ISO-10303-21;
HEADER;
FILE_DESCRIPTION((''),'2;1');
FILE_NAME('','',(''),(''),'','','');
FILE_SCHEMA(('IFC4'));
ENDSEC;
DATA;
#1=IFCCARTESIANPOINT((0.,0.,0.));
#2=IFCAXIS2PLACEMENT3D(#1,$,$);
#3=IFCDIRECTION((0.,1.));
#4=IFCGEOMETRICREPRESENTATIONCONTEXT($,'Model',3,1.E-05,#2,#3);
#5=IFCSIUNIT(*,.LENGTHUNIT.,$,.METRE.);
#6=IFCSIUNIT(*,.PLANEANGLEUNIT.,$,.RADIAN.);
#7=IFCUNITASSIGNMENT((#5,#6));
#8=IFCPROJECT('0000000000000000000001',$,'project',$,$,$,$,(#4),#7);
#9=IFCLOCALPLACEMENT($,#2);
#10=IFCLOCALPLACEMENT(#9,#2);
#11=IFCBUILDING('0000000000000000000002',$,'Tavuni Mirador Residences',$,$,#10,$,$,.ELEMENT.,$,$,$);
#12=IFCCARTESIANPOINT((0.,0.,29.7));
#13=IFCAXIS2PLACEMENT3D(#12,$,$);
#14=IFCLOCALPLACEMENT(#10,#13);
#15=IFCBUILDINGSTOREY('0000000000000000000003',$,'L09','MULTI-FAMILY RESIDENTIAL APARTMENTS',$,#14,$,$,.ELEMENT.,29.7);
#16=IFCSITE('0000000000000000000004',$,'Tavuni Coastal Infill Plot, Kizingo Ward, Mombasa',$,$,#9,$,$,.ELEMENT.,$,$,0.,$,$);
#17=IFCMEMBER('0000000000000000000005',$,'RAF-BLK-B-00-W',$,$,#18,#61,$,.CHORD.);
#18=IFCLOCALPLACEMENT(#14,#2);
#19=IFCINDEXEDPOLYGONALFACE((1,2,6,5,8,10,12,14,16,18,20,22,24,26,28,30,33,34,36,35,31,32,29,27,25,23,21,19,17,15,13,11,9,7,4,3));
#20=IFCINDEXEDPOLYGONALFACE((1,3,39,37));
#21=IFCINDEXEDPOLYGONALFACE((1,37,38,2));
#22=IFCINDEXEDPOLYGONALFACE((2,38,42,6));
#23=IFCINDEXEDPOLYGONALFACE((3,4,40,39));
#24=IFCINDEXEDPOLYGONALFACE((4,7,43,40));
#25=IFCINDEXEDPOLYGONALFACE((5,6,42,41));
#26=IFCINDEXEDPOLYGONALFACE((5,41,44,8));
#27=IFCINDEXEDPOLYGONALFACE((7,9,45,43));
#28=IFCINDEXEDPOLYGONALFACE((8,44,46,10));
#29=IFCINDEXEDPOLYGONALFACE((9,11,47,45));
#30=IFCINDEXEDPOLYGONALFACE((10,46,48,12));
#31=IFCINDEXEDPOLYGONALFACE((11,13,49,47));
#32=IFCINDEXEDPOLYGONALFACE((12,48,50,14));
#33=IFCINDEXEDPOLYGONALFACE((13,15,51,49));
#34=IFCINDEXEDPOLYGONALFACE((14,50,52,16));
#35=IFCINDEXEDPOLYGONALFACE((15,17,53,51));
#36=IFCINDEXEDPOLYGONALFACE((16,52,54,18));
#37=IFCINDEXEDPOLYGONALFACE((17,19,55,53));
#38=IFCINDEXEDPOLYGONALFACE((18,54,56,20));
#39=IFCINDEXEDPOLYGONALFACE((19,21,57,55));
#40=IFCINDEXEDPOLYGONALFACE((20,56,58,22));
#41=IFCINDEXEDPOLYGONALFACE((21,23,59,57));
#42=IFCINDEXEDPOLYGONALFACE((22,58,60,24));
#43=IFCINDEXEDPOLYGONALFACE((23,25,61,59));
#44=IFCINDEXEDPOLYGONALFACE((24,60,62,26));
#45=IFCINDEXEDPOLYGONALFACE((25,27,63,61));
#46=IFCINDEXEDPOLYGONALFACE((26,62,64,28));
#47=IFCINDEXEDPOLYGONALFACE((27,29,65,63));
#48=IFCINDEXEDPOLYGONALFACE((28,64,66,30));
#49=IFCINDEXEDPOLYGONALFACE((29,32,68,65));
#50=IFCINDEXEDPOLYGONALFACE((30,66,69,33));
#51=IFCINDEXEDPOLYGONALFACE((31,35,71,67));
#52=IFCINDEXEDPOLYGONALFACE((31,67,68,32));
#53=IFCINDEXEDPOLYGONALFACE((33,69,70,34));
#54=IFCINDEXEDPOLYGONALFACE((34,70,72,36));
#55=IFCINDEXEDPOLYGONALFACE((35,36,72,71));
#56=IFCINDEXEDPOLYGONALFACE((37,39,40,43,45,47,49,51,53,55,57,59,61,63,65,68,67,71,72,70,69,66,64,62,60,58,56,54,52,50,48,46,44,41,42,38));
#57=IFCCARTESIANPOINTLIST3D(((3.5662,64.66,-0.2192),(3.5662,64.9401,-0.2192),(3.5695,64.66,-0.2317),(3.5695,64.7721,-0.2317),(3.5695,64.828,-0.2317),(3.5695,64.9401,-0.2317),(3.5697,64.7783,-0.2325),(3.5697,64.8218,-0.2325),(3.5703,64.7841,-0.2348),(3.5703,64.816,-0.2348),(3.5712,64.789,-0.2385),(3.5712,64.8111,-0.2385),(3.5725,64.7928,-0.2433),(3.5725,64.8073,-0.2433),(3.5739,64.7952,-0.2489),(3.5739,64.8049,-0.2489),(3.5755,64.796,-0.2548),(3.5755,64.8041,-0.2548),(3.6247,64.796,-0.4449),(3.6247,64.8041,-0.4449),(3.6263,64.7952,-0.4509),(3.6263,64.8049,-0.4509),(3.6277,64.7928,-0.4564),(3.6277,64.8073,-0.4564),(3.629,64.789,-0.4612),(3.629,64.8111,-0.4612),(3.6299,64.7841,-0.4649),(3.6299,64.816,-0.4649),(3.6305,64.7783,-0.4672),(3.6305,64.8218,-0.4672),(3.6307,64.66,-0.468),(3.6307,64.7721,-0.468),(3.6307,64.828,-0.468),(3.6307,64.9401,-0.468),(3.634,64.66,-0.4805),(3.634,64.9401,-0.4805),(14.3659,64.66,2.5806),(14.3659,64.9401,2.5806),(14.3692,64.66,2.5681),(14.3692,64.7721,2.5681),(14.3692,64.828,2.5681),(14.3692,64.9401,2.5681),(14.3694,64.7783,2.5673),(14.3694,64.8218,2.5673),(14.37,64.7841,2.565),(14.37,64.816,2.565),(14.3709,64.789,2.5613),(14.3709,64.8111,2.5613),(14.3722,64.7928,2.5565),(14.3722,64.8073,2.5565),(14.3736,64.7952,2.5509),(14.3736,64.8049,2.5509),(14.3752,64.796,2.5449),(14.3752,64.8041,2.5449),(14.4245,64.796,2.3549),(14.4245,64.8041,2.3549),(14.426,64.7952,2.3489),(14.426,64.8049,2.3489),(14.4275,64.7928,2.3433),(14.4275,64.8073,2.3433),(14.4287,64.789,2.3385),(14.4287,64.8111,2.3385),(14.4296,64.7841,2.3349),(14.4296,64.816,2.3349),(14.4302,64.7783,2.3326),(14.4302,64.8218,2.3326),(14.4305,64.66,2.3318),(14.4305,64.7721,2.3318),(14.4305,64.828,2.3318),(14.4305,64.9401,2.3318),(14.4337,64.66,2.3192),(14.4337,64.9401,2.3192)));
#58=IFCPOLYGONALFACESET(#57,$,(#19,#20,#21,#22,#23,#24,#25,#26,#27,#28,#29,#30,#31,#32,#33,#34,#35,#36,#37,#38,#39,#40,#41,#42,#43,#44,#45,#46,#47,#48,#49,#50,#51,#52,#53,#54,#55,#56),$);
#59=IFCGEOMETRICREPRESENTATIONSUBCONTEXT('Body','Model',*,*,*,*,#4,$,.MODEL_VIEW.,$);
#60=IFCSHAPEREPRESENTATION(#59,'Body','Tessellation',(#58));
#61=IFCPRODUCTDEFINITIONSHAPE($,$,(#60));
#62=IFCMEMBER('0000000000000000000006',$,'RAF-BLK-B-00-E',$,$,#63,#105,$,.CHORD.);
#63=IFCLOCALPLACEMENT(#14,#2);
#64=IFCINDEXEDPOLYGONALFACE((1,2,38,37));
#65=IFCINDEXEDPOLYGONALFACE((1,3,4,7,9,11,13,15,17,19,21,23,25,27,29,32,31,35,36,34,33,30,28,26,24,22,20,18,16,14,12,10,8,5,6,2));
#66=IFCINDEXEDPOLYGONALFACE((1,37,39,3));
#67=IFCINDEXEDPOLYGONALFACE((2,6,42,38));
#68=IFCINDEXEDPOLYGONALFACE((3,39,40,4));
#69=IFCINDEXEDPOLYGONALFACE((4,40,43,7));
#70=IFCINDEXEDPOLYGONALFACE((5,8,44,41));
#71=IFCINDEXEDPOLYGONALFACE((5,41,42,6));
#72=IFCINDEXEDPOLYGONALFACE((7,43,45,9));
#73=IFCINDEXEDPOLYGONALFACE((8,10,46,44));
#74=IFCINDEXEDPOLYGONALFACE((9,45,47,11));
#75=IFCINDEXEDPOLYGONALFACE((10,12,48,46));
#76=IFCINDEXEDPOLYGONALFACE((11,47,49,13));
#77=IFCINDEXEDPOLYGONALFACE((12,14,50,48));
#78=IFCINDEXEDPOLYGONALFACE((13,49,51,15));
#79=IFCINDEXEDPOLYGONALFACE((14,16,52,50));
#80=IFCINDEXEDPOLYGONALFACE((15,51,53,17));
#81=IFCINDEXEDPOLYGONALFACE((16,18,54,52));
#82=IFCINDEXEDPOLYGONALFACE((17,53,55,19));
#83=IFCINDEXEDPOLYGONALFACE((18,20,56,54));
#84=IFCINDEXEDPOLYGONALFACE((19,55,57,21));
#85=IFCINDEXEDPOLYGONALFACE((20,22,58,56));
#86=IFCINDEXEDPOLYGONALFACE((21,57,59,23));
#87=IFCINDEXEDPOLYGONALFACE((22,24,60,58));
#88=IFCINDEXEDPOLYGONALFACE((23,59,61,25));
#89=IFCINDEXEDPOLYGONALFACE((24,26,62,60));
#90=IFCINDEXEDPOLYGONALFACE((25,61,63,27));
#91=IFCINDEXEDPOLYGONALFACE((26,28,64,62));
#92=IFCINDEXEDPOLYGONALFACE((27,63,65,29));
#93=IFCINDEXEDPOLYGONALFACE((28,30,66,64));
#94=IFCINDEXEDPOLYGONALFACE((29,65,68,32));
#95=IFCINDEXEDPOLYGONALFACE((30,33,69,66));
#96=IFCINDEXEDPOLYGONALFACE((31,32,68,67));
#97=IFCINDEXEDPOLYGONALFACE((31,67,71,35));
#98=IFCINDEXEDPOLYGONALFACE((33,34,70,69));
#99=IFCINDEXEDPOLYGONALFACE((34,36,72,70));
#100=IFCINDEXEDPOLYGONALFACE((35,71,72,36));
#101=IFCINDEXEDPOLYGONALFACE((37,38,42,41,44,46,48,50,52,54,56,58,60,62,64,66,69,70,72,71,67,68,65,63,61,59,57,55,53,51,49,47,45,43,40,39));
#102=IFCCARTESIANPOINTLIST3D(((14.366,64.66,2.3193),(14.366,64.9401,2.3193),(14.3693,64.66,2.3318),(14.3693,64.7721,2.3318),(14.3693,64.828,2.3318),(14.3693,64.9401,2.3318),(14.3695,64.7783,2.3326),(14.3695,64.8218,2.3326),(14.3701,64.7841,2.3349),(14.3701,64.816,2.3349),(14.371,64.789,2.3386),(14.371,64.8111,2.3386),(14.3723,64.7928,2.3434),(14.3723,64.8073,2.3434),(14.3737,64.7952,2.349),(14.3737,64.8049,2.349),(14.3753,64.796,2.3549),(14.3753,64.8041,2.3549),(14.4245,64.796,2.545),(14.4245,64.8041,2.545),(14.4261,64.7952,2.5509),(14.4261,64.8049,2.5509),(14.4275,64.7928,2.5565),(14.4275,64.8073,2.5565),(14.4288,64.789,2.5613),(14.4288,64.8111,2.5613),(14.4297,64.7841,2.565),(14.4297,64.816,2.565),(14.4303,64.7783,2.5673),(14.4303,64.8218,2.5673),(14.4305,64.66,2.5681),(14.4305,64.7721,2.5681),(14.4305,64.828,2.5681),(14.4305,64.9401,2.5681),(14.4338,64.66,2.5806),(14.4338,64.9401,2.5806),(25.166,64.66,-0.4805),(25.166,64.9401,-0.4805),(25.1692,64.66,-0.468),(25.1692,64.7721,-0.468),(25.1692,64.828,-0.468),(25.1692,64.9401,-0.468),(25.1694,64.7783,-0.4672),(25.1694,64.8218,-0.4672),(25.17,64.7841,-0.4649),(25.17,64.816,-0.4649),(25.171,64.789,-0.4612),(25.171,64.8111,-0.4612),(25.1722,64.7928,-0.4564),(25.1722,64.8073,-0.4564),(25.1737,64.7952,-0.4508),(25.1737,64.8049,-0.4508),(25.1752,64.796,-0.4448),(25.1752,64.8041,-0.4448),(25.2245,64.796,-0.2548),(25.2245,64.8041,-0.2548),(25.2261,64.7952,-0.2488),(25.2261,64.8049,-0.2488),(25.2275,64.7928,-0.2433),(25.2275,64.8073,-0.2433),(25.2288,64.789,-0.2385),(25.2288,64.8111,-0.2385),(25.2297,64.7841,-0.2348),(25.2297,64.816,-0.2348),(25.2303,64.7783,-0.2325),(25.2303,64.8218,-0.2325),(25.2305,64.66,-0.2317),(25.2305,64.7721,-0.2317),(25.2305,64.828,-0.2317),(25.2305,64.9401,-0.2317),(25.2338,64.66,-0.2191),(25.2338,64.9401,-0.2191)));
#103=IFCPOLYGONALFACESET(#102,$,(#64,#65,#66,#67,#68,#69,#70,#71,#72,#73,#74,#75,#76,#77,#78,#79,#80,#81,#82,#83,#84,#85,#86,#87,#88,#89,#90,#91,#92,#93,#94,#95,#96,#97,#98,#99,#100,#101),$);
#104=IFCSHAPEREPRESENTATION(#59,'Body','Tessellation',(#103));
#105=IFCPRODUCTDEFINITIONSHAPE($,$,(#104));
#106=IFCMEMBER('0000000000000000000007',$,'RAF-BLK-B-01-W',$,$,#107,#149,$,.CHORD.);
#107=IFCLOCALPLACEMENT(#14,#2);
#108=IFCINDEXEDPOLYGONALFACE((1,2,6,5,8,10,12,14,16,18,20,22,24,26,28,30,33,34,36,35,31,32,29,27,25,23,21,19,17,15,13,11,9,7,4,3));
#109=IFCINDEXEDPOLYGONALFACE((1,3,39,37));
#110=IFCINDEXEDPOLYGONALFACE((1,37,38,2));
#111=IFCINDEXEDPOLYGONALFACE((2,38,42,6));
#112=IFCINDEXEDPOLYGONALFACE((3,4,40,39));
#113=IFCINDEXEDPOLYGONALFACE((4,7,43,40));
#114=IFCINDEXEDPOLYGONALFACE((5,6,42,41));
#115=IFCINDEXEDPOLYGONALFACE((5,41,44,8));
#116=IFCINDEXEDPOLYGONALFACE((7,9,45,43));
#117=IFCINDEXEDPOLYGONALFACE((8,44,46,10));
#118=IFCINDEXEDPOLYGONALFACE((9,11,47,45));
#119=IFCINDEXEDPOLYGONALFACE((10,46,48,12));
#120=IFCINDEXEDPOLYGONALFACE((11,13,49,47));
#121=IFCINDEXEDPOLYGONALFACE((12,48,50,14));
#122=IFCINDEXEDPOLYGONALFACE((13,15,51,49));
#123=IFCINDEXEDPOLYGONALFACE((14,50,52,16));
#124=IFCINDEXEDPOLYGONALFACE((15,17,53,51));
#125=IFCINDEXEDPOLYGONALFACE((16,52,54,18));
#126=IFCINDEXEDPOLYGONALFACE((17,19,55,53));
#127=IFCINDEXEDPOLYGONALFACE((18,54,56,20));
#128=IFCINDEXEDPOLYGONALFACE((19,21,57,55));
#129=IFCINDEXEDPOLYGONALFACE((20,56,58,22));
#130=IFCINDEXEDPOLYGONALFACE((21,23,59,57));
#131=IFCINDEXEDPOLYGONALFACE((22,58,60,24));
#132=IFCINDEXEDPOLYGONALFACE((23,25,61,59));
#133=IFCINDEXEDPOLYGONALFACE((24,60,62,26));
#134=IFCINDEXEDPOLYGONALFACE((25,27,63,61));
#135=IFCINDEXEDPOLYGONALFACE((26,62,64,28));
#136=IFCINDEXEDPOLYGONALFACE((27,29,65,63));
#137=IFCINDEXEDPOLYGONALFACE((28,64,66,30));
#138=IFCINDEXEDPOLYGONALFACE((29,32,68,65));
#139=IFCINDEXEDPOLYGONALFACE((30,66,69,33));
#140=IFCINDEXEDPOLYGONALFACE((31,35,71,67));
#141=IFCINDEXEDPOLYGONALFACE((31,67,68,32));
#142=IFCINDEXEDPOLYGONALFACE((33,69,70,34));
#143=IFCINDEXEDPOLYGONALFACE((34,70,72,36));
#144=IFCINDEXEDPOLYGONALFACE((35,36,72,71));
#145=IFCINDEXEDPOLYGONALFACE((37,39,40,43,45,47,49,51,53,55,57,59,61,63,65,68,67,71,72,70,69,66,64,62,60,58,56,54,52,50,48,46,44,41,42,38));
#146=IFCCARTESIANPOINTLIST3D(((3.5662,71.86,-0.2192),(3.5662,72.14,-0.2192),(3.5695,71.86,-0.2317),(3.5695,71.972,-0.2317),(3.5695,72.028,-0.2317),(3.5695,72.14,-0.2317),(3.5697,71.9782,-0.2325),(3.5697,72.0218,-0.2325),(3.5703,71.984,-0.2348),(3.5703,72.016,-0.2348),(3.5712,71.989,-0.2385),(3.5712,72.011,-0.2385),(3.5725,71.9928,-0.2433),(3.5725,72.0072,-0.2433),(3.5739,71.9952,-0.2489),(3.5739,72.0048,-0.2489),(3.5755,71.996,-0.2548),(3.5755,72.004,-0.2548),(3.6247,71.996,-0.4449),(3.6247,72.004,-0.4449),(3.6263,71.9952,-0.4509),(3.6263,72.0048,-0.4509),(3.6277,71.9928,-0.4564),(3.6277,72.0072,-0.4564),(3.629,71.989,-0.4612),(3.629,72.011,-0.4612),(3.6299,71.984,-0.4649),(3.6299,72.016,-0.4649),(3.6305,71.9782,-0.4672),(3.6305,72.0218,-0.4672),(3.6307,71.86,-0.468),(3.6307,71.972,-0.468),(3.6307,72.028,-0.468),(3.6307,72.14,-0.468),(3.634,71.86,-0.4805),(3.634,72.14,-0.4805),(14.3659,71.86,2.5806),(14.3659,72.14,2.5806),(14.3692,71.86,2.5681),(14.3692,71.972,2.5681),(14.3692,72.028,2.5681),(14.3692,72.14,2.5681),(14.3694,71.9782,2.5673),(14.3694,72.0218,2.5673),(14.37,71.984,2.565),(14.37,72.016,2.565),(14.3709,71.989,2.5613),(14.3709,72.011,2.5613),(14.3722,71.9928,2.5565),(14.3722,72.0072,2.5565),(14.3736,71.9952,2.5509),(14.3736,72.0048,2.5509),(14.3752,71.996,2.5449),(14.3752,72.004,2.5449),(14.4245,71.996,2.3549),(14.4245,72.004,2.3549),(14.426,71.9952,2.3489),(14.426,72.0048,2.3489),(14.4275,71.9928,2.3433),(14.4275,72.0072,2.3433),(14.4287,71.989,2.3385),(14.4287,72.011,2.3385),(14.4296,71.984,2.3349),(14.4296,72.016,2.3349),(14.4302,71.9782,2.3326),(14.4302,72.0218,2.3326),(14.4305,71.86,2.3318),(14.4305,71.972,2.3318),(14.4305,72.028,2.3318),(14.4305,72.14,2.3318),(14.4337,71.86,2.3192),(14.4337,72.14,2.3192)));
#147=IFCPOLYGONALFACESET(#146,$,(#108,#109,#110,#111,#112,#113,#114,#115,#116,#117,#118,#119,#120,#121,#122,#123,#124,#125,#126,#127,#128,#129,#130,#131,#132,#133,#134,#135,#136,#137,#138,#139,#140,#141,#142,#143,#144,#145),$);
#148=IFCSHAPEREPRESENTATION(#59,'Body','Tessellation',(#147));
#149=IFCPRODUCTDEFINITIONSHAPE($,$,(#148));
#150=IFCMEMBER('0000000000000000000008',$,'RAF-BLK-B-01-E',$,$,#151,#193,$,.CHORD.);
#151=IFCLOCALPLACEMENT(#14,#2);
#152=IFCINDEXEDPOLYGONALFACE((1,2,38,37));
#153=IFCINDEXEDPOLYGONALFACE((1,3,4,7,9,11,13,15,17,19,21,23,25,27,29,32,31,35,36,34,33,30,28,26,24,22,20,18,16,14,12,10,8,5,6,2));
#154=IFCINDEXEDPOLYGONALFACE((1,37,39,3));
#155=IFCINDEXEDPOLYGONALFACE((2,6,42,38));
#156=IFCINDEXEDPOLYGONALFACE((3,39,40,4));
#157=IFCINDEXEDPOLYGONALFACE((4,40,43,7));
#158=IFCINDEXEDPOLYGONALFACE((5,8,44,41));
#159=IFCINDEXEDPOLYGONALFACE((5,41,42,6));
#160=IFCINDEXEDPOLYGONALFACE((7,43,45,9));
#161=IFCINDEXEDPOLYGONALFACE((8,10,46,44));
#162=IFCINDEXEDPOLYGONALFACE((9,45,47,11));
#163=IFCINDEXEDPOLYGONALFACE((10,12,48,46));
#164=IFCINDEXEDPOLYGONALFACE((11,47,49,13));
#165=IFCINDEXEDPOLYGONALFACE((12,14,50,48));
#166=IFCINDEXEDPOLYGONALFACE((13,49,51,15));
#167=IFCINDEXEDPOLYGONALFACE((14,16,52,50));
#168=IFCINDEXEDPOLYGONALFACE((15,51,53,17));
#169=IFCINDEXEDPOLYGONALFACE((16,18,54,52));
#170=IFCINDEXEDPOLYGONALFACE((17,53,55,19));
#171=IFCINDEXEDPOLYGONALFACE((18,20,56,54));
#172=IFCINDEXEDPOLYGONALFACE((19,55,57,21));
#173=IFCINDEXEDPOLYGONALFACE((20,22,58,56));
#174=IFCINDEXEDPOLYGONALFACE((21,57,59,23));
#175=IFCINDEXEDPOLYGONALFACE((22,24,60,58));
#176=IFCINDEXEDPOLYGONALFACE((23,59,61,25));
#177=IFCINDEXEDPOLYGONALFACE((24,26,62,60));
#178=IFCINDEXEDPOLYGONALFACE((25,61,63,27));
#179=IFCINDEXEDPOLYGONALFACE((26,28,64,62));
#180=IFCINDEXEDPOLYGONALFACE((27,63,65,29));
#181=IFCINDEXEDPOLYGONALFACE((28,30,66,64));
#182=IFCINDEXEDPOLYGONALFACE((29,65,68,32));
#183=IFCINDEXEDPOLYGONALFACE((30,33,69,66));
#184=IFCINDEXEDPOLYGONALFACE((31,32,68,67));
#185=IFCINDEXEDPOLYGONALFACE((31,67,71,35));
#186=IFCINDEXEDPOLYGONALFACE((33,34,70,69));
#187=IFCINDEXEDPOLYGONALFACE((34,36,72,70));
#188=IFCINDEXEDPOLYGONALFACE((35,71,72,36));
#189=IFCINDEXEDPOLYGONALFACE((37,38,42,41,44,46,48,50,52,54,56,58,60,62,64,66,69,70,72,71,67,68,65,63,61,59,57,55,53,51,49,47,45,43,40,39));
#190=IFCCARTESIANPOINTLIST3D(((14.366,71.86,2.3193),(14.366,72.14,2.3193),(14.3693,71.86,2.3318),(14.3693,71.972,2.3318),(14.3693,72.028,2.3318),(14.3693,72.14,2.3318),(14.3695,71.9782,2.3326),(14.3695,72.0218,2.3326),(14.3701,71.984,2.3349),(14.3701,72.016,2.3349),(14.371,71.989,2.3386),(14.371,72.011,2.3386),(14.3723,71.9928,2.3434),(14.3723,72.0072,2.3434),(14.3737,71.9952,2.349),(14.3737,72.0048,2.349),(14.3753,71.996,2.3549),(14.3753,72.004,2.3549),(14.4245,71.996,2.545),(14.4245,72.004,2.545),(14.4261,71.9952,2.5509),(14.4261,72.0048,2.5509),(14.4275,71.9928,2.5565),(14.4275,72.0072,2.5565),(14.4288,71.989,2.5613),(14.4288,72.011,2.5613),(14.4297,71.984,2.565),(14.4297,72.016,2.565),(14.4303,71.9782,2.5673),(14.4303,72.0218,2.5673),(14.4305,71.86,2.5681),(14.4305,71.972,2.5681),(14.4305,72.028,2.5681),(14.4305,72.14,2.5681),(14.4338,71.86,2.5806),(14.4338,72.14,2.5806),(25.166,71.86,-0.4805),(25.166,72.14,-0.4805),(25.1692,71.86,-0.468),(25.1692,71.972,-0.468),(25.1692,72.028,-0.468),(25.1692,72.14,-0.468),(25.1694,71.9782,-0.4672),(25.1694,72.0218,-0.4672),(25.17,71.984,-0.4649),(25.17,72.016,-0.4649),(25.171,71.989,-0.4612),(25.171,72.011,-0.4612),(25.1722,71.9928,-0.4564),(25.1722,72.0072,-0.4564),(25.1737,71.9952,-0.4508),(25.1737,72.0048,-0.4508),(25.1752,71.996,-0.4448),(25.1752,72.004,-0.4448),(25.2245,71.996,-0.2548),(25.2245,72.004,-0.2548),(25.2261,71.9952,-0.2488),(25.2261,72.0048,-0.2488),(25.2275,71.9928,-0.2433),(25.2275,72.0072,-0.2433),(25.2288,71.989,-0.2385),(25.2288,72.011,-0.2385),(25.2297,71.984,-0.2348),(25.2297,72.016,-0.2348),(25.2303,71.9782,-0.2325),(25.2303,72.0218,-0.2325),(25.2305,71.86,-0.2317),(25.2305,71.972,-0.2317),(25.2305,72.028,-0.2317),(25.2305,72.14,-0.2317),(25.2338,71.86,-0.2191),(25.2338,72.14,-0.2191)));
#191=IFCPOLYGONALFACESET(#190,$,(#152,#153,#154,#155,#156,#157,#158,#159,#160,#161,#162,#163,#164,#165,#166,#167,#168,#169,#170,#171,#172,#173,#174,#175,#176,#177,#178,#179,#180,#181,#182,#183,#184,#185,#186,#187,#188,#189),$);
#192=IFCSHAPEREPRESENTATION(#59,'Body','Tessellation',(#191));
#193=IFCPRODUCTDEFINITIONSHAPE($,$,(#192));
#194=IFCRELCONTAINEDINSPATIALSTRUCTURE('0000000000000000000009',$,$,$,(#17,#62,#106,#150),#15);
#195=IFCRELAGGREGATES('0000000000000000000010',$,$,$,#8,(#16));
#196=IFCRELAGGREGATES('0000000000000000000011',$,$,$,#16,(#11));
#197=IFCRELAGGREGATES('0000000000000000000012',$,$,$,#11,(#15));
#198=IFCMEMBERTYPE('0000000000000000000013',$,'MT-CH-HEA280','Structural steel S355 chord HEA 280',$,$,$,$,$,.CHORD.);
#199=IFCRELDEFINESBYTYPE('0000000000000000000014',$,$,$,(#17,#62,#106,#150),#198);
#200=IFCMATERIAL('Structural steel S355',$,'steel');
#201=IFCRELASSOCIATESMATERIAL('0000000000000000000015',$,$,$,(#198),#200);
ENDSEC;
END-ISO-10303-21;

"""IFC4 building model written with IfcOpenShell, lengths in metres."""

from ifc_helpers import new_model, si_unit, direction, frame, origin, origin_2d, place, context, subcontext, project, spatial, i_section, extrude, material, material_profile, profile_set, type_object, element, save


model = new_model("IFC4")

# Units and contexts
model_context = context("Model", 3, precision=1e-05, world=origin(), true_north=direction((0.0, 1.0)))
body_context = subcontext(model_context, "Body", "Model", "MODEL_VIEW")
ifc_project = project(units=[si_unit("LENGTHUNIT", "METRE"), si_unit("PLANEANGLEUNIT", "RADIAN")], contexts=[model_context])

# Site, building, storey
site_placement = place(None, origin())
site = spatial("IfcSite", under=ifc_project, at=site_placement, Name="Tavuni Coastal Infill Plot, Kizingo Ward, Mombasa", CompositionType="ELEMENT", RefElevation=0.0)
building_placement = place(site_placement, origin())
building = spatial("IfcBuilding", under=site, at=building_placement, Name="Tavuni Mirador Residences", CompositionType="ELEMENT")
storey_placement = place(building_placement, frame((0.0, 0.0, 29.7)))
storey = spatial("IfcBuildingStorey", under=building, at=storey_placement, Name="L09", Description="MULTI-FAMILY RESIDENTIAL APARTMENTS", CompositionType="ELEMENT", Elevation=29.7)

# Members
ifc_material_1 = material(Name="Structural steel S355", Category="steel")
ifc_material_profile_1 = material_profile(ifc_material_1, i_section(OverallWidth=0.28, OverallDepth=0.27, WebThickness=0.0081, FlangeThickness=0.0129, FilletRadius=0.0239, at=origin_2d()), Name="HEA 280", Category="steel")
ifc_profile_set_1 = profile_set([ifc_material_profile_1], Name="Structural steel S355")
member_type_1 = type_object("IfcMemberType", Name="MT-CH-HEA280", Description="Structural steel S355 chord HEA 280", PredefinedType="CHORD", material=ifc_profile_set_1)
member_1_placement = place(storey_placement, frame((3.6001, 64.8, -0.3499), z_axis=(0.968, 0.0, 0.25095), x_axis=(0.0, 1.0, 0.0)))
element("IfcMember", 1, at=member_1_placement, inside=storey, type_object=member_type_1, Name="RAF-BLK-B-00-W", PredefinedType="CHORD", context=body_context, shape_type="SweptSolid", body=[
    extrude(i_section(OverallWidth=0.28, OverallDepth=0.27, WebThickness=0.0081, FlangeThickness=0.0129, FilletRadius=0.0239, at=origin_2d()), origin(), (0.0, 0.0, 1.0), 11.1567),
])
member_2_placement = place(storey_placement, frame((14.3999, 64.8, 2.45), z_axis=(0.968001, 0.0, -0.250945), x_axis=(0.0, 1.0, 0.0)))
element("IfcMember", 2, at=member_2_placement, inside=storey, type_object=member_type_1, Name="RAF-BLK-B-00-E", PredefinedType="CHORD", context=body_context, shape_type="SweptSolid", body=[
    extrude(i_section(OverallWidth=0.28, OverallDepth=0.27, WebThickness=0.0081, FlangeThickness=0.0129, FilletRadius=0.0239, at=origin_2d()), origin(), (0.0, 0.0, 1.0), 11.157),
])
member_3_placement = place(storey_placement, frame((3.6001, 72.0, -0.3499), z_axis=(0.968, 0.0, 0.25095), x_axis=(0.0, 1.0, 0.0)))
element("IfcMember", 3, at=member_3_placement, inside=storey, type_object=member_type_1, Name="RAF-BLK-B-01-W", PredefinedType="CHORD", context=body_context, shape_type="SweptSolid", body=[
    extrude(i_section(OverallWidth=0.28, OverallDepth=0.27, WebThickness=0.0081, FlangeThickness=0.0129, FilletRadius=0.0239, at=origin_2d()), origin(), (0.0, 0.0, 1.0), 11.1567),
])
member_4_placement = place(storey_placement, frame((14.3999, 72.0, 2.45), z_axis=(0.968001, 0.0, -0.250945), x_axis=(0.0, 1.0, 0.0)))
element("IfcMember", 4, at=member_4_placement, inside=storey, type_object=member_type_1, Name="RAF-BLK-B-01-E", PredefinedType="CHORD", context=body_context, shape_type="SweptSolid", body=[
    extrude(i_section(OverallWidth=0.28, OverallDepth=0.27, WebThickness=0.0081, FlangeThickness=0.0129, FilletRadius=0.0239, at=origin_2d()), origin(), (0.0, 0.0, 1.0), 11.157),
])

save(model, "model.ifc")
